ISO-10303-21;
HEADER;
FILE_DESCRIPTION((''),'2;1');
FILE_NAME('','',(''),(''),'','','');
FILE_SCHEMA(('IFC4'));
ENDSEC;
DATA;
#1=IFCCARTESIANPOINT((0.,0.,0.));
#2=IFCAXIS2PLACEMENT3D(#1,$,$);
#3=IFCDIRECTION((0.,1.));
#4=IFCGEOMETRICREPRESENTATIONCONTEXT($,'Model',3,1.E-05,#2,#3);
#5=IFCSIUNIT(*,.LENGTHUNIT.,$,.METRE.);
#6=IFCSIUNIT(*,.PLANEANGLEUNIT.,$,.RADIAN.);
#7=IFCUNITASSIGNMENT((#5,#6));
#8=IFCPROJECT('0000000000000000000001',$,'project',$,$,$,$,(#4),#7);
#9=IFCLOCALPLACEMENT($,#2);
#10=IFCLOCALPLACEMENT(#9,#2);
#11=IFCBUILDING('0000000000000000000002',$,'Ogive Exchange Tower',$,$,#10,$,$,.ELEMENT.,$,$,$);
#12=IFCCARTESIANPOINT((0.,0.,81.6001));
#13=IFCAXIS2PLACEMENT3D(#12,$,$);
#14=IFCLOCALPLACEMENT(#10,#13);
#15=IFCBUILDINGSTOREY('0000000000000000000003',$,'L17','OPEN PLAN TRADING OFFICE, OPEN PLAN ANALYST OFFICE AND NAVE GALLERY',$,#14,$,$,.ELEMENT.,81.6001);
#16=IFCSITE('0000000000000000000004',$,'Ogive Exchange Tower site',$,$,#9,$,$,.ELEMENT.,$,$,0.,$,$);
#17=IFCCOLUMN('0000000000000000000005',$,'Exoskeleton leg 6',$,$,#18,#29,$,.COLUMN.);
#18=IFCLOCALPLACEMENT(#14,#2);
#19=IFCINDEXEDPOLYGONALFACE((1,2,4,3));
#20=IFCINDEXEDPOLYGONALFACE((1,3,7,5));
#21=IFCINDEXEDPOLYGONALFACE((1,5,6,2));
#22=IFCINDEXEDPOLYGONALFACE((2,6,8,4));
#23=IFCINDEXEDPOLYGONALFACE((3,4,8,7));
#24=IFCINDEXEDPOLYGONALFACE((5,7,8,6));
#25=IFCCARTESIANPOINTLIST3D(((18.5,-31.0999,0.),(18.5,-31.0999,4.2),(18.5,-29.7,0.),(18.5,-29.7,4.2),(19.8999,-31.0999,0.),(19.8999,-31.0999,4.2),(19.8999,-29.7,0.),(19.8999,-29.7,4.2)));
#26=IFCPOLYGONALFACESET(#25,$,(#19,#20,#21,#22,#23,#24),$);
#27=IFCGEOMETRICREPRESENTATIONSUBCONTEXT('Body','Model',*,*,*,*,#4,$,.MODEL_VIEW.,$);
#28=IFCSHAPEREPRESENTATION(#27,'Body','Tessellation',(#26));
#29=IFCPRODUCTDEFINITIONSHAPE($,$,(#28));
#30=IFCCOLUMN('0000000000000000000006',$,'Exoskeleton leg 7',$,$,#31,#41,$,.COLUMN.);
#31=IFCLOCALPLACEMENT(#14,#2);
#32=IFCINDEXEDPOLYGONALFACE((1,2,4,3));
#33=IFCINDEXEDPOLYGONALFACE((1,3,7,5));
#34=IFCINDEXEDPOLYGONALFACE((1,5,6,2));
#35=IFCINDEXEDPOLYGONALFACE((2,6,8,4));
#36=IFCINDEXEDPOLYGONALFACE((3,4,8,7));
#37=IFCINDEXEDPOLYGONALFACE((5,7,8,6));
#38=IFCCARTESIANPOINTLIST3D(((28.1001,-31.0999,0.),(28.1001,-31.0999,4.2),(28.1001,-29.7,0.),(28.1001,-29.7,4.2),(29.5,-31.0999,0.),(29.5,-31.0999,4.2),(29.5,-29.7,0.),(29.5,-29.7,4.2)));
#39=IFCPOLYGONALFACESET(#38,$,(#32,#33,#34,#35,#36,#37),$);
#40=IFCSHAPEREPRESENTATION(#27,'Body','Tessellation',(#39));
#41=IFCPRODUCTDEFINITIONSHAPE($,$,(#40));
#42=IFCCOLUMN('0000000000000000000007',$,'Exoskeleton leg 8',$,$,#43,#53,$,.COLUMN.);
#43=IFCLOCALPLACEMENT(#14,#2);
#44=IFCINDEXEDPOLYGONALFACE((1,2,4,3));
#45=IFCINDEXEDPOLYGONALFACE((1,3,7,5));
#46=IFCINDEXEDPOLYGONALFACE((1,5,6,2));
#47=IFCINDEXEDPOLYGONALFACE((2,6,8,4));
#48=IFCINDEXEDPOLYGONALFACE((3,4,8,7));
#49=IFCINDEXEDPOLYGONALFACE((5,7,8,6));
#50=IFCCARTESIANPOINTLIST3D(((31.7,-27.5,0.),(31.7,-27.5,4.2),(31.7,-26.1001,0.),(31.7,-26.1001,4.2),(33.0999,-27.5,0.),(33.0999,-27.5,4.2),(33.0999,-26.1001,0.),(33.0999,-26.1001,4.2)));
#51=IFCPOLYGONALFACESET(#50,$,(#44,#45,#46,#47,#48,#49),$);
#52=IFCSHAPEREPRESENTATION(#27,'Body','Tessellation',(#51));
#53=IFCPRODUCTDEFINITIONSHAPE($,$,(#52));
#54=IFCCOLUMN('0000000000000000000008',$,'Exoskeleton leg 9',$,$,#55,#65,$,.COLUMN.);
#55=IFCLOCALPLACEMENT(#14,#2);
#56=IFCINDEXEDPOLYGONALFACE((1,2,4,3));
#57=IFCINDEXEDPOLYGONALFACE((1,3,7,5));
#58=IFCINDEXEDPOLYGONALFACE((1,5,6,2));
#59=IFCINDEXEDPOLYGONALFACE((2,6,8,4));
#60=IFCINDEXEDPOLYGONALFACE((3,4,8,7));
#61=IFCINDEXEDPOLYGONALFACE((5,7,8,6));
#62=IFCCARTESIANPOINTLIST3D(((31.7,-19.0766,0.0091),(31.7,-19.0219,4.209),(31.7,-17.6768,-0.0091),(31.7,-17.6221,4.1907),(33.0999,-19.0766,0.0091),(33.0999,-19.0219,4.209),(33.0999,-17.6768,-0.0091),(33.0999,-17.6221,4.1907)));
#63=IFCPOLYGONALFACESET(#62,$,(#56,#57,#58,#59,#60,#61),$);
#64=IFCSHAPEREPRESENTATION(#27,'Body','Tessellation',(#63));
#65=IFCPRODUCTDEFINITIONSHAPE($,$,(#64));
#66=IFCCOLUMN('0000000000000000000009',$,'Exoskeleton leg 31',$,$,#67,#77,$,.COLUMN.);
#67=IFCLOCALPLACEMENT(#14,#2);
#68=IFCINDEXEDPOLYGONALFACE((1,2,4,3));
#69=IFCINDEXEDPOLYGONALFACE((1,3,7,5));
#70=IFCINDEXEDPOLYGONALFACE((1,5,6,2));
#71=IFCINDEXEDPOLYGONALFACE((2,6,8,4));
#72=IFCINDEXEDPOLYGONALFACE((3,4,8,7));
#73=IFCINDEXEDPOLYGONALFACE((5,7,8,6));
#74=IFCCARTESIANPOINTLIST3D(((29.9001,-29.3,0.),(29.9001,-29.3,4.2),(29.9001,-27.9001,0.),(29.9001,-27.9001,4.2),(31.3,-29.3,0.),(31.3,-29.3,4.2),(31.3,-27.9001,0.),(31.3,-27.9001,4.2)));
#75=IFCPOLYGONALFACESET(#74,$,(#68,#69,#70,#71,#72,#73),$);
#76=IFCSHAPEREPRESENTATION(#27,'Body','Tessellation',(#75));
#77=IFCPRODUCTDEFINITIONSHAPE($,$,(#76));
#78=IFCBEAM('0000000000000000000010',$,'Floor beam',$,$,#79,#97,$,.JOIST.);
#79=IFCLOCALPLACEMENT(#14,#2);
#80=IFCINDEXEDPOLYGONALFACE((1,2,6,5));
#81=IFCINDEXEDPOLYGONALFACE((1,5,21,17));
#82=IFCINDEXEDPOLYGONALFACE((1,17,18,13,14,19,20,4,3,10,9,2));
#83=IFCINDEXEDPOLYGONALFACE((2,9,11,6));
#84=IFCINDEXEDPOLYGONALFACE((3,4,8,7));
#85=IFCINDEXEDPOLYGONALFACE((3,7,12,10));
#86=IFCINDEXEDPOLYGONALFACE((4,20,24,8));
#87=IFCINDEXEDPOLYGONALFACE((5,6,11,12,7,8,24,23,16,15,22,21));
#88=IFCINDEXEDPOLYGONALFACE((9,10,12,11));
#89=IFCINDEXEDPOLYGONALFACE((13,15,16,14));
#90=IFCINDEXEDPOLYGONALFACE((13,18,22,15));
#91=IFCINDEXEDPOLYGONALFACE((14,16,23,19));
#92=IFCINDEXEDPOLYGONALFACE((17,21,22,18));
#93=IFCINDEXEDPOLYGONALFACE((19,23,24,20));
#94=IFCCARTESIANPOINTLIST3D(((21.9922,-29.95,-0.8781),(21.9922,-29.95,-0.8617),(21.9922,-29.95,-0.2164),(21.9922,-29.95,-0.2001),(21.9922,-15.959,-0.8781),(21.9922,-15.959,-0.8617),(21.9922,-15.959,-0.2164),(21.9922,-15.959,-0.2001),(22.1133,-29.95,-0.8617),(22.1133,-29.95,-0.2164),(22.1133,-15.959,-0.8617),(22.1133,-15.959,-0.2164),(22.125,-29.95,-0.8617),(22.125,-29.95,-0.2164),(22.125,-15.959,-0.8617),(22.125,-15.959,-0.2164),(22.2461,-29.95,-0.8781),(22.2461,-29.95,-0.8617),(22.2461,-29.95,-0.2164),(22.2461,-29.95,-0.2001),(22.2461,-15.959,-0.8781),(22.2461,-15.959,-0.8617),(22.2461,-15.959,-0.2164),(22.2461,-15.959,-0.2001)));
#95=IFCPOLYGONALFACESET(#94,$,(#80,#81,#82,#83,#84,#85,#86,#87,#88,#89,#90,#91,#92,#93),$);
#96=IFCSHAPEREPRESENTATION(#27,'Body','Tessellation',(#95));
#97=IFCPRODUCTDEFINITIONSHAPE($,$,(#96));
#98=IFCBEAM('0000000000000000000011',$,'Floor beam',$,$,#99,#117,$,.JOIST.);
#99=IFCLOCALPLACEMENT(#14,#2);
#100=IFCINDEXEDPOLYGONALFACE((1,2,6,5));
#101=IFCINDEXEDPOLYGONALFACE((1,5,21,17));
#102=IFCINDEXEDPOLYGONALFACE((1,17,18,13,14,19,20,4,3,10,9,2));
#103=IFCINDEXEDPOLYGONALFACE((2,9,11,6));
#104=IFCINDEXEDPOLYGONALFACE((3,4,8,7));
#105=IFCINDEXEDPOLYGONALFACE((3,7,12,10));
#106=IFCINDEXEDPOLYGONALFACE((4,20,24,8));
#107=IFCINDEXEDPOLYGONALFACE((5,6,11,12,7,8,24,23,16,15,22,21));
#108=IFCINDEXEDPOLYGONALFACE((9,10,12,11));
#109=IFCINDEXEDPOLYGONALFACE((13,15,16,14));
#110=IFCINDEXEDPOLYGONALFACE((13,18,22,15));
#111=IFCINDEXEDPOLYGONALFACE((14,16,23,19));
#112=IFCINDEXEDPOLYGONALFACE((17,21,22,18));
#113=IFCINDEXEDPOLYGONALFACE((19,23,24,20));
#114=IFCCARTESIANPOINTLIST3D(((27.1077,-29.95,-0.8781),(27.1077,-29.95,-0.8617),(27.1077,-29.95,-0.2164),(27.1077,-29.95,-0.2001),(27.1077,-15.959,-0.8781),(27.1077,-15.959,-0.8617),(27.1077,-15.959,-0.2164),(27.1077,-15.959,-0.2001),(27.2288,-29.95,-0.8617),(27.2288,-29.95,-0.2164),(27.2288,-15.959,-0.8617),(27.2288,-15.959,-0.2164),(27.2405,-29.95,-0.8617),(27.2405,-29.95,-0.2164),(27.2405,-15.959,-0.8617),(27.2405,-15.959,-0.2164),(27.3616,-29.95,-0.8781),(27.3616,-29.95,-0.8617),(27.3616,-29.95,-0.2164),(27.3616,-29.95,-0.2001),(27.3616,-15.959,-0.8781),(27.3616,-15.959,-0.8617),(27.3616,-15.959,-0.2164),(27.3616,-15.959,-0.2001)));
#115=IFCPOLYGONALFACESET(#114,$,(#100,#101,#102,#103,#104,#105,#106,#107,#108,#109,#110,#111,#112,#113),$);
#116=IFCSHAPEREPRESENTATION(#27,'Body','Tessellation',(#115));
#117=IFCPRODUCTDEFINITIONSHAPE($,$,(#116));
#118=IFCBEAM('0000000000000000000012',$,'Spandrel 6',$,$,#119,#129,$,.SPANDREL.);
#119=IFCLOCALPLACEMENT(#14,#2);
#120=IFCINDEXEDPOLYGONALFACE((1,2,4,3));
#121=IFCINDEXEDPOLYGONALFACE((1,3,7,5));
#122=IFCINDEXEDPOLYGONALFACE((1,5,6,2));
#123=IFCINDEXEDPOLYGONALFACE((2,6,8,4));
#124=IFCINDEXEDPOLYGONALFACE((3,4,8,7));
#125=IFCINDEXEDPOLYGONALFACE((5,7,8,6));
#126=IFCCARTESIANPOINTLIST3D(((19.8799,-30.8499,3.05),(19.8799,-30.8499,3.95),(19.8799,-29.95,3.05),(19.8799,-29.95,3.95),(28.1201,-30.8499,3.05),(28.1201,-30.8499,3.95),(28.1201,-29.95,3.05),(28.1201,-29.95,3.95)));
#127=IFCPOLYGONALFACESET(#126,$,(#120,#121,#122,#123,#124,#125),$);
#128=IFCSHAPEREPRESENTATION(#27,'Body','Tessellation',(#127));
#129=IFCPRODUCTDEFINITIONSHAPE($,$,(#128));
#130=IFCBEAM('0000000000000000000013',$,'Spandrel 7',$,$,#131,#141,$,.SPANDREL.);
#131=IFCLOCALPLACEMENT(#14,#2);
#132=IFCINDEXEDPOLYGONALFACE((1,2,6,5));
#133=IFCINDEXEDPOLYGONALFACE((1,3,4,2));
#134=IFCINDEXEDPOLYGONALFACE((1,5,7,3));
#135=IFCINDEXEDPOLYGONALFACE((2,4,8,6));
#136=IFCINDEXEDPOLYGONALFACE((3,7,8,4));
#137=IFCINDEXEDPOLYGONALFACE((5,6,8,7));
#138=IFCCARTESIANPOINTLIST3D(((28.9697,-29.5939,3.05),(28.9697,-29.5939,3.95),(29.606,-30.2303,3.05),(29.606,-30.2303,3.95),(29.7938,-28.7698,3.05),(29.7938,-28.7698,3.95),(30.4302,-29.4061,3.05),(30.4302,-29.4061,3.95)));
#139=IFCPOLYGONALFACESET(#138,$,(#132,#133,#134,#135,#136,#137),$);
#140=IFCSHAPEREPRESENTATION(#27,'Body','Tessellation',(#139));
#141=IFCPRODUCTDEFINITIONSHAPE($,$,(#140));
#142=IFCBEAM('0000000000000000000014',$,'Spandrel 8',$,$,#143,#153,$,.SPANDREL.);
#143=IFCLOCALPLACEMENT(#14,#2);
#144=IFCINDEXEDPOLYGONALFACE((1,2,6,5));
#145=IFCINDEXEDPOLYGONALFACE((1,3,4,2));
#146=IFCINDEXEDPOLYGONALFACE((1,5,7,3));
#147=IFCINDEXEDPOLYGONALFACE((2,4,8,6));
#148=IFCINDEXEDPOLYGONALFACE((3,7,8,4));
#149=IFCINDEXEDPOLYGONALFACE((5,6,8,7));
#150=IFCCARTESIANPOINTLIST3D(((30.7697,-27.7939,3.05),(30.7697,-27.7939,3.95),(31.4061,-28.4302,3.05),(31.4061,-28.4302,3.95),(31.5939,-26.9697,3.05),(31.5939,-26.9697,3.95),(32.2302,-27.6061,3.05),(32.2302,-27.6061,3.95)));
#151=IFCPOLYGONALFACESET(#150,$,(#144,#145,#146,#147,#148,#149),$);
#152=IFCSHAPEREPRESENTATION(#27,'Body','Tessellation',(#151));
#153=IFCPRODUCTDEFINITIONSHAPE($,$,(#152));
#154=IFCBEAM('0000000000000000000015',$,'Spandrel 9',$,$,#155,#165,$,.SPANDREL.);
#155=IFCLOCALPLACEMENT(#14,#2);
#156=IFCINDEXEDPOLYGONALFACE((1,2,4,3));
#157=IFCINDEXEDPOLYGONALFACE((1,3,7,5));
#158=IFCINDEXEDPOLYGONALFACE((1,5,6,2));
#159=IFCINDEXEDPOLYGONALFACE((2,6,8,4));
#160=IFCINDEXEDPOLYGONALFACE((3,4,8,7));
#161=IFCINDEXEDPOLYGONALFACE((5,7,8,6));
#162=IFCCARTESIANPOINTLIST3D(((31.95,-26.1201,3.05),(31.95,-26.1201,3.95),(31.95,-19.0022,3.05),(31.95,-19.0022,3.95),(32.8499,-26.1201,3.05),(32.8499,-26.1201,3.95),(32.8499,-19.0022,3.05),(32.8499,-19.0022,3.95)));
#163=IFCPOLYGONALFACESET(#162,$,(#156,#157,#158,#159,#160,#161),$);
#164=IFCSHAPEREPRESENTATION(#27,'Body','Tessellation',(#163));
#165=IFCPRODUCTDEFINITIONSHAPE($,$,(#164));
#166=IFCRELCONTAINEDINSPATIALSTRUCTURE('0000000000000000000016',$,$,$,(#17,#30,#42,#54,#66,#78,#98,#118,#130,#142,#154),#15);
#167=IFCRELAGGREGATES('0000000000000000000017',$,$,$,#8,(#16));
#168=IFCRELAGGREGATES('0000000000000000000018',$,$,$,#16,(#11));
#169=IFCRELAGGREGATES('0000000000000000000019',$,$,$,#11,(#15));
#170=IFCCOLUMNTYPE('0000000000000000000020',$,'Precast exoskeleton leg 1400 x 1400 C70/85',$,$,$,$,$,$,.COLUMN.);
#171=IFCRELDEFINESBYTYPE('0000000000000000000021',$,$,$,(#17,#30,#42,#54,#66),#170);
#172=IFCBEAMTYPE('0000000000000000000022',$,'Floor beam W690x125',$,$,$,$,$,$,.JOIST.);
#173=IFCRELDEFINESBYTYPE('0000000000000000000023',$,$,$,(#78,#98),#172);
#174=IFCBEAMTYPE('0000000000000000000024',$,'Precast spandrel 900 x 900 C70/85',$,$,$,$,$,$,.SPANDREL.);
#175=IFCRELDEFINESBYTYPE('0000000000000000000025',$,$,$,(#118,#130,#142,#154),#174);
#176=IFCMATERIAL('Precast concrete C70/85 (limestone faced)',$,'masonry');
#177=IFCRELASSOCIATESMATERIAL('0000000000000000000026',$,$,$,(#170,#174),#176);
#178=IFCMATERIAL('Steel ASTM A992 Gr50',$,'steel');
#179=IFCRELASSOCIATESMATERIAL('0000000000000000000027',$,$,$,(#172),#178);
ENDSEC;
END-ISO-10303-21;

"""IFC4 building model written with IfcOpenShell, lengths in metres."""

from ifc_helpers import new_model, si_unit, direction, frame, origin, origin_2d, place, context, subcontext, project, spatial, rectangle, i_section, extrude, material, material_profile, profile_set, type_object, element, save


model = new_model("IFC4")

# Units and contexts
model_context = context("Model", 3, precision=1e-05, world=origin(), true_north=direction((0.0, 1.0)))
body_context = subcontext(model_context, "Body", "Model", "MODEL_VIEW")
ifc_project = project(units=[si_unit("LENGTHUNIT", "METRE"), si_unit("PLANEANGLEUNIT", "RADIAN")], contexts=[model_context])

# Site, building, storey
site_placement = place(None, origin())
site = spatial("IfcSite", under=ifc_project, at=site_placement, Name="Ogive Exchange Tower site", CompositionType="ELEMENT", RefElevation=0.0)
building_placement = place(site_placement, origin())
building = spatial("IfcBuilding", under=site, at=building_placement, Name="Ogive Exchange Tower", CompositionType="ELEMENT")
storey_placement = place(building_placement, frame((0.0, 0.0, 81.6001)))
storey = spatial("IfcBuildingStorey", under=building, at=storey_placement, Name="L17", Description="OPEN PLAN TRADING OFFICE, OPEN PLAN ANALYST OFFICE AND NAVE GALLERY", CompositionType="ELEMENT", Elevation=81.6001)

# Columns
ifc_material_1 = material(Name="Precast concrete C70/85 (limestone faced)", Category="masonry")
ifc_material_profile_1 = material_profile(ifc_material_1, rectangle(XDim=1.3999, YDim=1.3999, at=origin_2d()), Name="1400 x 1400")
ifc_profile_set_1 = profile_set([ifc_material_profile_1], Name="Precast concrete C70/85 (limestone faced)")
column_type = type_object("IfcColumnType", Name="Precast exoskeleton leg 1400 x 1400 C70/85", PredefinedType="COLUMN", material=ifc_profile_set_1)
for number, where, z_axis, x_axis, name in (
    (1, (19.2, -30.3999, 0.0), (0.0, 0.0, 1.0), (1.0, 0.0, 0.0), "Exoskeleton leg 6"),
    (2, (28.8, -30.3999, 0.0), (0.0, 0.0, 1.0), (1.0, 0.0, 0.0), "Exoskeleton leg 7"),
    (3, (32.3999, -26.8, 0.0), (0.0, 0.0, 1.0), (1.0, 0.0, 0.0), "Exoskeleton leg 8"),
):
    element("IfcColumn", number, at=place(storey_placement, frame(where, z_axis=z_axis, x_axis=x_axis)), inside=storey, type_object=column_type, Name=name, PredefinedType="COLUMN", context=body_context, shape_type="SweptSolid", body=[
        extrude(rectangle(XDim=1.3999, YDim=1.3999, at=origin_2d()), origin(), (0.0, 0.0, 1.0), 4.2),
    ])
column_1_placement = place(storey_placement, frame((32.3999, -18.3767, 0.0), z_axis=(0.0, 0.01302, 0.999915), x_axis=(-1.0, 0.0, 0.0)))
element("IfcColumn", 4, at=column_1_placement, inside=storey, type_object=column_type, Name="Exoskeleton leg 9", PredefinedType="COLUMN", context=body_context, shape_type="SweptSolid", body=[
    extrude(rectangle(XDim=1.3999, YDim=1.3999, at=origin_2d()), origin(), (0.0, 0.0, 1.0), 4.2002),
])
column_2_placement = place(storey_placement, frame((30.6001, -28.6001, 0.0), z_axis=(0.0, 0.0, 1.0), x_axis=(1.0, 0.0, 0.0)))
element("IfcColumn", 5, at=column_2_placement, inside=storey, type_object=column_type, Name="Exoskeleton leg 31", PredefinedType="COLUMN", context=body_context, shape_type="SweptSolid", body=[
    extrude(rectangle(XDim=1.3999, YDim=1.3999, at=origin_2d()), origin(), (0.0, 0.0, 1.0), 4.2),
])

# Beams
ifc_material_2 = material(Name="Steel ASTM A992 Gr50", Category="steel")
ifc_material_profile_2 = material_profile(ifc_material_2, i_section(OverallWidth=0.2539, OverallDepth=0.678, WebThickness=0.0117, FlangeThickness=0.0164, at=origin_2d()), Name="W690x125")
ifc_profile_set_2 = profile_set([ifc_material_profile_2], Name="Steel ASTM A992 Gr50")
beam_type_1 = type_object("IfcBeamType", Name="Floor beam W690x125", PredefinedType="JOIST", material=ifc_profile_set_2)
for number, where, z_axis, x_axis, name in (
    (6, (22.1191, -29.95, -0.5391), (0.0, 1.0, 0.0), (-1.0, 0.0, 0.0), "Floor beam"),
    (7, (27.2346, -29.95, -0.5391), (0.0, 1.0, 0.0), (-1.0, 0.0, 0.0), "Floor beam"),
):
    element("IfcBeam", number, at=place(storey_placement, frame(where, z_axis=z_axis, x_axis=x_axis)), inside=storey, type_object=beam_type_1, Name=name, PredefinedType="JOIST", context=body_context, shape_type="SweptSolid", body=[
        extrude(i_section(OverallWidth=0.2539, OverallDepth=0.678, WebThickness=0.0117, FlangeThickness=0.0164, at=origin_2d()), origin(), (0.0, 0.0, 1.0), 13.991),
    ])
ifc_material_profile_3 = material_profile(ifc_material_1, rectangle(XDim=0.8999, YDim=0.8999, at=origin_2d()), Name="900 x 900")
ifc_profile_set_3 = profile_set([ifc_material_profile_3], Name="Precast concrete C70/85 (limestone faced)")
beam_type_2 = type_object("IfcBeamType", Name="Precast spandrel 900 x 900 C70/85", PredefinedType="SPANDREL", material=ifc_profile_set_3)
beam_1_placement = place(storey_placement, frame((19.8799, -30.3999, 3.5), z_axis=(1.0, 0.0, 0.0), x_axis=(0.0, 1.0, 0.0)))
element("IfcBeam", 8, at=beam_1_placement, inside=storey, type_object=beam_type_2, Name="Spandrel 6", PredefinedType="SPANDREL", context=body_context, shape_type="SweptSolid", body=[
    extrude(rectangle(XDim=0.8999, YDim=0.8999, at=origin_2d()), origin(), (0.0, 0.0, 1.0), 8.2402),
])
for number, where, z_axis, x_axis, name in (
    (9, (29.2878, -29.9121, 3.5), (0.707107, 0.707107, 0.0), (-0.707107, 0.707107, 0.0), "Spandrel 7"),
    (10, (31.0879, -28.1121, 3.5), (0.707107, 0.707107, 0.0), (-0.707107, 0.707107, 0.0), "Spandrel 8"),
):
    element("IfcBeam", number, at=place(storey_placement, frame(where, z_axis=z_axis, x_axis=x_axis)), inside=storey, type_object=beam_type_2, Name=name, PredefinedType="SPANDREL", context=body_context, shape_type="SweptSolid", body=[
        extrude(rectangle(XDim=0.8999, YDim=0.8999, at=origin_2d()), origin(), (0.0, 0.0, 1.0), 1.1655),
    ])
beam_2_placement = place(storey_placement, frame((32.3999, -26.1201, 3.5), z_axis=(0.0, 1.0, 0.0), x_axis=(-1.0, 0.0, 0.0)))
element("IfcBeam", 11, at=beam_2_placement, inside=storey, type_object=beam_type_2, Name="Spandrel 9", PredefinedType="SPANDREL", context=body_context, shape_type="SweptSolid", body=[
    extrude(rectangle(XDim=0.8999, YDim=0.8999, at=origin_2d()), origin(), (0.0, 0.0, 1.0), 7.1179),
])

save(model, "model.ifc")
